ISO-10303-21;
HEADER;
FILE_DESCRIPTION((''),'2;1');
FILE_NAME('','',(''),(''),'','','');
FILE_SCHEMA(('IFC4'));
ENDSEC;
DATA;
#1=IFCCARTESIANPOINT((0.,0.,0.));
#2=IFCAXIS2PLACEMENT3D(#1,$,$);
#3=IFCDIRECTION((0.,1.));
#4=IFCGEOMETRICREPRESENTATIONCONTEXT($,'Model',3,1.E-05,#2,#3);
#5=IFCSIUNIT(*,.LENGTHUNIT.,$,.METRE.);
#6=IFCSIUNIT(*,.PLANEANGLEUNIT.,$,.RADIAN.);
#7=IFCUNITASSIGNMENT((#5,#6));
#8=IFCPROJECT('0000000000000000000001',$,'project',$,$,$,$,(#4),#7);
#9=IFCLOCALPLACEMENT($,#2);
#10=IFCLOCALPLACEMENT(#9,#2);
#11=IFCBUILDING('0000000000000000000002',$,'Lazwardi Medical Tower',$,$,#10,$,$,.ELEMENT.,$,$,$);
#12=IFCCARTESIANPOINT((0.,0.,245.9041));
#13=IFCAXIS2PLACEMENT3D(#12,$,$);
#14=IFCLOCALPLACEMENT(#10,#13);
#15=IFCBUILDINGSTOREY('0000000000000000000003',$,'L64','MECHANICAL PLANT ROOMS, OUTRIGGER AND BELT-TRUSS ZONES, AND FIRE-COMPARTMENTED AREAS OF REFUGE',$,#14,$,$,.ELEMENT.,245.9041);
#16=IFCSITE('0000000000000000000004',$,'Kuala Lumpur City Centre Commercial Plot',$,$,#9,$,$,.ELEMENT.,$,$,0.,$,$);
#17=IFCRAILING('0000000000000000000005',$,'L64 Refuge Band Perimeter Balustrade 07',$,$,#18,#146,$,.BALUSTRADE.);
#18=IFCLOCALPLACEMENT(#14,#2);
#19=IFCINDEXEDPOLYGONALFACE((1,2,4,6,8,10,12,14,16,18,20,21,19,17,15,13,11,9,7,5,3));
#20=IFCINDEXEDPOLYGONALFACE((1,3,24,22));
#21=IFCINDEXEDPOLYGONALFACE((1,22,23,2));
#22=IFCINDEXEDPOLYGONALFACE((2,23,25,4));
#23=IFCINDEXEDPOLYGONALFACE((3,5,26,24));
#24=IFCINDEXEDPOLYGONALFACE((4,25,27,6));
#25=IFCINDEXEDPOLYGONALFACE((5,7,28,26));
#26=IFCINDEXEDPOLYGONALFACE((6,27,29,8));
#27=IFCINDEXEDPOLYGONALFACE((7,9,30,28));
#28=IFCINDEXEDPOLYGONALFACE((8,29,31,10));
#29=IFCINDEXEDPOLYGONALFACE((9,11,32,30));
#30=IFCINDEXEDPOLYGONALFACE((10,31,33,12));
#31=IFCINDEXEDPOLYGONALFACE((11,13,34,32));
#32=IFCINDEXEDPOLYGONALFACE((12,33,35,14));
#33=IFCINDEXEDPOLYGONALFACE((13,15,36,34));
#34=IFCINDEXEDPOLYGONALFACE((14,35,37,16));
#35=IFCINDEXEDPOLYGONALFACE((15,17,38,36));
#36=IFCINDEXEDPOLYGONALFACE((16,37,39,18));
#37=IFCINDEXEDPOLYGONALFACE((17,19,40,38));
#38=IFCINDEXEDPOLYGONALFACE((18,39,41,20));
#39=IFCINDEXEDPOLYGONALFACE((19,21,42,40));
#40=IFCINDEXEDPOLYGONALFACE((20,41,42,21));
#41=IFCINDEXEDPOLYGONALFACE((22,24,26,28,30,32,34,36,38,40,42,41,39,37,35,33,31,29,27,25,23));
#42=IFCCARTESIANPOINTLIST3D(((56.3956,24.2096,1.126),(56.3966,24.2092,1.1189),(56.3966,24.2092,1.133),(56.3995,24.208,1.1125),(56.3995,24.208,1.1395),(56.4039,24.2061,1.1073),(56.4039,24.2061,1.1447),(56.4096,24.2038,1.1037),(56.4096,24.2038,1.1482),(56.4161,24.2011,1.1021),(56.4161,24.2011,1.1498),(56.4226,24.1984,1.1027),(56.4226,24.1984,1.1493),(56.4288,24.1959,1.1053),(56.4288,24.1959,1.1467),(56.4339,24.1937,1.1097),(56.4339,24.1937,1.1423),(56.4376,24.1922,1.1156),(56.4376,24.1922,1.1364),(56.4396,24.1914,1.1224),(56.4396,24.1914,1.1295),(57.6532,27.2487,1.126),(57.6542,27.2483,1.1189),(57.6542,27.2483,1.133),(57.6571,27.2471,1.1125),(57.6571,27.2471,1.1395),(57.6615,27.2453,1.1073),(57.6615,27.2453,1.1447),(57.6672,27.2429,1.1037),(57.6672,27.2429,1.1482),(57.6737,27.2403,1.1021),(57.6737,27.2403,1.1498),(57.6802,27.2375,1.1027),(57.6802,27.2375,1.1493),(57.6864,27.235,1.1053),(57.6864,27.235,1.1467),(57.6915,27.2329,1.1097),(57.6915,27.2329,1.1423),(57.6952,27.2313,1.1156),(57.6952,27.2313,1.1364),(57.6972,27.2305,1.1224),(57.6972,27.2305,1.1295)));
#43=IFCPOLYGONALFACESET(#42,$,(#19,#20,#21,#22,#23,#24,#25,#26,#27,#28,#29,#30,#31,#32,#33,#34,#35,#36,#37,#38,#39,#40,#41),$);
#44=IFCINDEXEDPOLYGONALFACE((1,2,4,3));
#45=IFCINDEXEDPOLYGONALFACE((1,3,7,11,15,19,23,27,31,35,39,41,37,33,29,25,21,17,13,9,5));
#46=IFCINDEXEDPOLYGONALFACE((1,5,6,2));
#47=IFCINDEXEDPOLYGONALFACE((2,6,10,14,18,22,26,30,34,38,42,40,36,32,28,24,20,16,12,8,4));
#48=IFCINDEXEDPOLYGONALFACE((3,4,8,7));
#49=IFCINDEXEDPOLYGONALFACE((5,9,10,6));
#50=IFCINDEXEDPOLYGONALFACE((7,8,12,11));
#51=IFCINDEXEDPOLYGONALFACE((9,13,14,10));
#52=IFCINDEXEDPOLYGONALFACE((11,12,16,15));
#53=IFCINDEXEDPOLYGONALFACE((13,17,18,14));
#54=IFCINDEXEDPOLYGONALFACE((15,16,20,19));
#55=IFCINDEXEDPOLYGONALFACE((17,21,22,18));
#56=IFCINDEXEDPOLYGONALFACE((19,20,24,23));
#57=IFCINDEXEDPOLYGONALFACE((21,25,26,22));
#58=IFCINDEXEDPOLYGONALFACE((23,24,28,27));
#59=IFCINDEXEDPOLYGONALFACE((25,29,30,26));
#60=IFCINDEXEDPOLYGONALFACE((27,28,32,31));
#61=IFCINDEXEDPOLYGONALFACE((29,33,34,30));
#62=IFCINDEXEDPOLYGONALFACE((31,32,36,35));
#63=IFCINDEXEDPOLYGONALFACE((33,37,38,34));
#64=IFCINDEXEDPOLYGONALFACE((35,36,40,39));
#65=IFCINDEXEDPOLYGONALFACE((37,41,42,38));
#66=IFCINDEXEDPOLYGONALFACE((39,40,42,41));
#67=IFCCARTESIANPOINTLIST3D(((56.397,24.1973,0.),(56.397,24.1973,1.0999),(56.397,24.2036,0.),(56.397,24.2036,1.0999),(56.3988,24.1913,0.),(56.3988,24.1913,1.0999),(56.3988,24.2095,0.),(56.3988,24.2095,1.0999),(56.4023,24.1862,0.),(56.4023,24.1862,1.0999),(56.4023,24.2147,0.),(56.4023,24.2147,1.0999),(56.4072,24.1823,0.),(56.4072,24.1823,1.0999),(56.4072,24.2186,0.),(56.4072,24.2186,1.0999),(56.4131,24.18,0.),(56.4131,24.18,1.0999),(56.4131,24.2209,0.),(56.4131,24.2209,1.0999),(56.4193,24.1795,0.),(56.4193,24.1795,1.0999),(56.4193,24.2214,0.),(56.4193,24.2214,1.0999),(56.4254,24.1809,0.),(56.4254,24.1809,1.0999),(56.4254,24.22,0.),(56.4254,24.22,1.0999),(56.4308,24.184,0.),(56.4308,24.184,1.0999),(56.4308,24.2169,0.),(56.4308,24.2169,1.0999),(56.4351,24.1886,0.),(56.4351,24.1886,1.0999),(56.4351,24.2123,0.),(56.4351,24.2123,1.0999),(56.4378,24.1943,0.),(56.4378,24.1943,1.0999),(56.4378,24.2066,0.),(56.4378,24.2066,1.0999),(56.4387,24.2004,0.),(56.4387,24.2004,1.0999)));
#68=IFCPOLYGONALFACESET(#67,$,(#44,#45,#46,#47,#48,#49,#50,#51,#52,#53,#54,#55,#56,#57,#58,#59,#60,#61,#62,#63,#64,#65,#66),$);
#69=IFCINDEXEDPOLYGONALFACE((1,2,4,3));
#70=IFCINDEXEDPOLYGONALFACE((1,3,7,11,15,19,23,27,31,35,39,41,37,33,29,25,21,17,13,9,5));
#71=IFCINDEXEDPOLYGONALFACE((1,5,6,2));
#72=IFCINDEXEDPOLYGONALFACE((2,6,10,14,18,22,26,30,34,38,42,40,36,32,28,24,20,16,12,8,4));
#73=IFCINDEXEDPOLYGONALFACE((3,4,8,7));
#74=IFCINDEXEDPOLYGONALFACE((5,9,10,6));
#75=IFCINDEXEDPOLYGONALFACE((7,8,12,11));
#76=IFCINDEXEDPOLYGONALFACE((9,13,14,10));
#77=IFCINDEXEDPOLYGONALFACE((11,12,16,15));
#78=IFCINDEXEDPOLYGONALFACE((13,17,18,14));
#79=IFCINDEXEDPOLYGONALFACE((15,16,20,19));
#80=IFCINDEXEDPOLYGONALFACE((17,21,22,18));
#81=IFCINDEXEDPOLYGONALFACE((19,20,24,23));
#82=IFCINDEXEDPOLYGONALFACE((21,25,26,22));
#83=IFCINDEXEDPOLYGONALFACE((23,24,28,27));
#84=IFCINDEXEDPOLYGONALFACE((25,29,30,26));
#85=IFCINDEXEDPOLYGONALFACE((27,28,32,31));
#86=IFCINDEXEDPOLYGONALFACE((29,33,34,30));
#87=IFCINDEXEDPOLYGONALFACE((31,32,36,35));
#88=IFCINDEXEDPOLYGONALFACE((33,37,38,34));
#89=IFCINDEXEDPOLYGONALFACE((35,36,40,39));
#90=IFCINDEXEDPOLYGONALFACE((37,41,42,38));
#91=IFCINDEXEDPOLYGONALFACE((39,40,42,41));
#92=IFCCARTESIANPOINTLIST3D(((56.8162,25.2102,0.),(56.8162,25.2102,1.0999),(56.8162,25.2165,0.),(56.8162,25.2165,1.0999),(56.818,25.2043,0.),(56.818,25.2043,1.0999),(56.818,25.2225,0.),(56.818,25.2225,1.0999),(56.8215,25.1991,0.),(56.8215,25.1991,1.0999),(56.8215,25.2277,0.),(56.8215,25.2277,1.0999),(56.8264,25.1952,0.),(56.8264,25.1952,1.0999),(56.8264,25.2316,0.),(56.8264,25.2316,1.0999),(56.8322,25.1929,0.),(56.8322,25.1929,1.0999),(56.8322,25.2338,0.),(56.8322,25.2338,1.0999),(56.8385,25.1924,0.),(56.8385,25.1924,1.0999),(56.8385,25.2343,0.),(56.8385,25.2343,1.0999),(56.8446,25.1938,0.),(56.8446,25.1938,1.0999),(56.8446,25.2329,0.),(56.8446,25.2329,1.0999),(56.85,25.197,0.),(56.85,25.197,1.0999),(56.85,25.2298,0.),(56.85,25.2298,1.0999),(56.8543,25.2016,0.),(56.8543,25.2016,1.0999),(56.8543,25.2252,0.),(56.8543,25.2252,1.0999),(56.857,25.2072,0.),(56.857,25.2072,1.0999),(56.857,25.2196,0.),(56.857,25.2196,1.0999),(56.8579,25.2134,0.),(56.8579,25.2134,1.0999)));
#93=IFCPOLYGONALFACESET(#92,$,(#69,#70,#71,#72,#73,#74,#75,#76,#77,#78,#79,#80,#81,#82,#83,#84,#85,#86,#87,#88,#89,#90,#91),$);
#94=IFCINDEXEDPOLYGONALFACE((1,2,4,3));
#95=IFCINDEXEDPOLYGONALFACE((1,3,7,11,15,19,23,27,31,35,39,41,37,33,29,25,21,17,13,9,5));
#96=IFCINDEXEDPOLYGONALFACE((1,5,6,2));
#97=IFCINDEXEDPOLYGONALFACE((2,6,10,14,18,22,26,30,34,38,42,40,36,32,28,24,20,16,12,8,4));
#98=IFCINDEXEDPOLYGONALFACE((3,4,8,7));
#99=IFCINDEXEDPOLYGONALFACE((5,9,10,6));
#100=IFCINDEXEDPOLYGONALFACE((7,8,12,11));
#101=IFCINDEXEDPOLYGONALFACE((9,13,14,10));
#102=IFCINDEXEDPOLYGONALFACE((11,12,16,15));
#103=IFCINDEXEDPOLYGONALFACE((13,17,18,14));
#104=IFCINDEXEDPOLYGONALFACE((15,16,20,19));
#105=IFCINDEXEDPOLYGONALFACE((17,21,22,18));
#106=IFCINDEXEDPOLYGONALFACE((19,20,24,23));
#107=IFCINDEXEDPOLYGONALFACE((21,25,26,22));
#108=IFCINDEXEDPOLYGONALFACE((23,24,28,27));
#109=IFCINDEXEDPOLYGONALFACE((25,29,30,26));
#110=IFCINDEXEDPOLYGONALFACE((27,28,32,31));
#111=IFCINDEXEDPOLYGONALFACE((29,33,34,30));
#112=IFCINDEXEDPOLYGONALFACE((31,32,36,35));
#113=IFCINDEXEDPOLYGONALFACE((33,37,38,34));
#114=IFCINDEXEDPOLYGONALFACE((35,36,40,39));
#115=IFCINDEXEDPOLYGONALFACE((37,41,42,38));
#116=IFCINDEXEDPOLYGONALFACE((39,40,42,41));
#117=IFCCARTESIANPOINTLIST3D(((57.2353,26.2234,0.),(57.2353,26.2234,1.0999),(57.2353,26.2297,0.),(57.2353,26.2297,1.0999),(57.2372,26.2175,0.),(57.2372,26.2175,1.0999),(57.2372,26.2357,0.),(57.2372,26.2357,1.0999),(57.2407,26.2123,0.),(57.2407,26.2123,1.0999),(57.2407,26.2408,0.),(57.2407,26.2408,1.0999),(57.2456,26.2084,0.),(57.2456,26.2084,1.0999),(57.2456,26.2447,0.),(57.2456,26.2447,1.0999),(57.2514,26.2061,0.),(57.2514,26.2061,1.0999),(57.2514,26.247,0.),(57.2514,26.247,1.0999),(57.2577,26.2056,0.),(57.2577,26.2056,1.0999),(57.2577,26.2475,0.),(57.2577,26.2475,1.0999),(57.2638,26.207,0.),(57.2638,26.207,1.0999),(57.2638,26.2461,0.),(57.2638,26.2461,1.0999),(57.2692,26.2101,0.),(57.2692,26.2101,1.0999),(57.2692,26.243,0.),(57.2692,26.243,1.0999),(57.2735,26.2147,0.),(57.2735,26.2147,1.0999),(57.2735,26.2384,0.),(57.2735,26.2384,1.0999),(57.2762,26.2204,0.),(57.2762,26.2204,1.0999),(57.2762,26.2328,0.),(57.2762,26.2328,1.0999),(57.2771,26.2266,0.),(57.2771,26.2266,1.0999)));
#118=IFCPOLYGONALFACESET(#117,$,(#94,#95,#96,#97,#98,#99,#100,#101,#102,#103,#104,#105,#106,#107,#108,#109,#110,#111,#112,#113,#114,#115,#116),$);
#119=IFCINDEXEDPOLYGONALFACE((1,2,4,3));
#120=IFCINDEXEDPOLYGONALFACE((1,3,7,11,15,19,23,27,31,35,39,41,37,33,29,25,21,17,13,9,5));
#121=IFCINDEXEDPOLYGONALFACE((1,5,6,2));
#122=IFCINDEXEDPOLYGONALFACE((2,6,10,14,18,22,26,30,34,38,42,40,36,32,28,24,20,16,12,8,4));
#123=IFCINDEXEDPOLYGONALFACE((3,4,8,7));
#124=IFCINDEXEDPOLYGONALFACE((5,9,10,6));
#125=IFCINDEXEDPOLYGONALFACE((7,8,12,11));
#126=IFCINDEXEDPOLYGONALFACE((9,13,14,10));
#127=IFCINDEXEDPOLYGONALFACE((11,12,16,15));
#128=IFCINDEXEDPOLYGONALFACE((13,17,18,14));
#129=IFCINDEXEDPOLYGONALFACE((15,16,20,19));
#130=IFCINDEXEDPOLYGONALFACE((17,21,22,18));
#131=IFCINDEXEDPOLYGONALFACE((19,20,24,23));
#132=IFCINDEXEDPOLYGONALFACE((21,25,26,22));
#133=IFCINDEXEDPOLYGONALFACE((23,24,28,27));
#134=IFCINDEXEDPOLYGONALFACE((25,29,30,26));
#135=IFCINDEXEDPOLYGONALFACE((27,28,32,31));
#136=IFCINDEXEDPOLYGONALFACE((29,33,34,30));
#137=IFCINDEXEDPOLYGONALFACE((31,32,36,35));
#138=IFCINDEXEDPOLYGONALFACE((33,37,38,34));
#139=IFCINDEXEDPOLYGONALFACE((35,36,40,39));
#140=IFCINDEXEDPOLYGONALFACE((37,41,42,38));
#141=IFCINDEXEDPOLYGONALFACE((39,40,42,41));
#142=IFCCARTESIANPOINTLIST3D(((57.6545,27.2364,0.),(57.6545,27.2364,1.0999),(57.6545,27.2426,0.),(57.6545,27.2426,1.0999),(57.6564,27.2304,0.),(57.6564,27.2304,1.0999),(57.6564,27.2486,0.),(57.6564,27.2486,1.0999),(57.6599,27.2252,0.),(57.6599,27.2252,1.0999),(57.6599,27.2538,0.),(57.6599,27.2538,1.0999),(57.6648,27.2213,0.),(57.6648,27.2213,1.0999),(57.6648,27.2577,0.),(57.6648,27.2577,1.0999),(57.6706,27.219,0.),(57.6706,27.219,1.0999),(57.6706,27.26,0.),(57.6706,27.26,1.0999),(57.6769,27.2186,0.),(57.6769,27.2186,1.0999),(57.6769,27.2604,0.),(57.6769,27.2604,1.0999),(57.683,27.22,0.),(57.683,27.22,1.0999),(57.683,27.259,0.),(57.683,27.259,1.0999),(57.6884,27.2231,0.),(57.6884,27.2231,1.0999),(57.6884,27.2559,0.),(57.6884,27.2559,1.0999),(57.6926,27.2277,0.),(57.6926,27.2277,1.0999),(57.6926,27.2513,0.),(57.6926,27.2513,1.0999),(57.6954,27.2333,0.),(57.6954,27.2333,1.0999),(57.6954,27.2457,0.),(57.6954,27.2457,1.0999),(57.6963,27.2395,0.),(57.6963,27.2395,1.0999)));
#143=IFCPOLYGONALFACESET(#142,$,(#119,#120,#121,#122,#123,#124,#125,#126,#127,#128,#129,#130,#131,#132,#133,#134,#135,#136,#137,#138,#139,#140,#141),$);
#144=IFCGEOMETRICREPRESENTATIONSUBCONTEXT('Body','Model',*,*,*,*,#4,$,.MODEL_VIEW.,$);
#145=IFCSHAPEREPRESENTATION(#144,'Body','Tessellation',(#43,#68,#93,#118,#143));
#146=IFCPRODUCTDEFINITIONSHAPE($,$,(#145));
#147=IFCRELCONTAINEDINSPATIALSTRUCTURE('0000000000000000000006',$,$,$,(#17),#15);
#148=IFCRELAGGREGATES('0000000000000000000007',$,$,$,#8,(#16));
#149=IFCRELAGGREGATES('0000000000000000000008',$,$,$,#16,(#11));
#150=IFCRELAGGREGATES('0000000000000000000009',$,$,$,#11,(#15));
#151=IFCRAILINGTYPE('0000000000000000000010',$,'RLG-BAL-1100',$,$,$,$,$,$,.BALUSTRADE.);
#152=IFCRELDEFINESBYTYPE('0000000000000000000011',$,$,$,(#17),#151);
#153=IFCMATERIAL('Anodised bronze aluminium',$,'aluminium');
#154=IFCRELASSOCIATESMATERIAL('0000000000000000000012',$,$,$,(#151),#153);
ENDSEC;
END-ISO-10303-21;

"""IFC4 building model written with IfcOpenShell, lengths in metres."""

from ifc_helpers import new_model, si_unit, direction, frame, origin, origin_2d, place, context, subcontext, project, spatial, circle, extrude, material, type_object, element, save


model = new_model("IFC4")

# Units and contexts
model_context = context("Model", 3, precision=1e-05, world=origin(), true_north=direction((0.0, 1.0)))
body_context = subcontext(model_context, "Body", "Model", "MODEL_VIEW")
ifc_project = project(units=[si_unit("LENGTHUNIT", "METRE"), si_unit("PLANEANGLEUNIT", "RADIAN")], contexts=[model_context])

# Site, building, storey
site_placement = place(None, origin())
site = spatial("IfcSite", under=ifc_project, at=site_placement, Name="Kuala Lumpur City Centre Commercial Plot", CompositionType="ELEMENT", RefElevation=0.0)
building_placement = place(site_placement, origin())
building = spatial("IfcBuilding", under=site, at=building_placement, Name="Lazwardi Medical Tower", CompositionType="ELEMENT")
storey_placement = place(building_placement, frame((0.0, 0.0, 245.9041)))
storey = spatial("IfcBuildingStorey", under=building, at=storey_placement, Name="L64", Description="MECHANICAL PLANT ROOMS, OUTRIGGER AND BELT-TRUSS ZONES, AND FIRE-COMPARTMENTED AREAS OF REFUGE", CompositionType="ELEMENT", Elevation=245.9041)

# Railing
ifc_material_1 = material(Name="Anodised bronze aluminium", Category="aluminium")
railing_type_1 = type_object("IfcRailingType", Name="RLG-BAL-1100", PredefinedType="BALUSTRADE", material=ifc_material_1)
railing_1_placement = place(storey_placement, frame((56.4177, 24.2004, 0.0)))
element("IfcRailing", 1, at=railing_1_placement, inside=storey, type_object=railing_type_1, Name="L64 Refuge Band Perimeter Balustrade 07", PredefinedType="BALUSTRADE", context=body_context, shape_type="SweptSolid", body=[
    extrude(circle(Radius=0.0239, at=origin_2d()), frame((0.0, 0.0, 1.126), z_axis=(0.382358, 0.924014, 0.0), x_axis=(-0.924014, 0.382358, 0.0)), (0.0, 0.0, 1.0), 3.2891),
    extrude(circle(Radius=0.021, at=origin_2d()), origin(), (0.0, 0.0, 1.0), 1.0999),
    extrude(circle(Radius=0.021, at=origin_2d()), frame((0.4192, 1.0129, 0.0)), (0.0, 0.0, 1.0), 1.0999),
    extrude(circle(Radius=0.021, at=origin_2d()), frame((0.8384, 2.0261, 0.0)), (0.0, 0.0, 1.0), 1.0999),
    extrude(circle(Radius=0.021, at=origin_2d()), frame((1.2576, 3.0391, 0.0)), (0.0, 0.0, 1.0), 1.0999),
])

save(model, "model.ifc")
